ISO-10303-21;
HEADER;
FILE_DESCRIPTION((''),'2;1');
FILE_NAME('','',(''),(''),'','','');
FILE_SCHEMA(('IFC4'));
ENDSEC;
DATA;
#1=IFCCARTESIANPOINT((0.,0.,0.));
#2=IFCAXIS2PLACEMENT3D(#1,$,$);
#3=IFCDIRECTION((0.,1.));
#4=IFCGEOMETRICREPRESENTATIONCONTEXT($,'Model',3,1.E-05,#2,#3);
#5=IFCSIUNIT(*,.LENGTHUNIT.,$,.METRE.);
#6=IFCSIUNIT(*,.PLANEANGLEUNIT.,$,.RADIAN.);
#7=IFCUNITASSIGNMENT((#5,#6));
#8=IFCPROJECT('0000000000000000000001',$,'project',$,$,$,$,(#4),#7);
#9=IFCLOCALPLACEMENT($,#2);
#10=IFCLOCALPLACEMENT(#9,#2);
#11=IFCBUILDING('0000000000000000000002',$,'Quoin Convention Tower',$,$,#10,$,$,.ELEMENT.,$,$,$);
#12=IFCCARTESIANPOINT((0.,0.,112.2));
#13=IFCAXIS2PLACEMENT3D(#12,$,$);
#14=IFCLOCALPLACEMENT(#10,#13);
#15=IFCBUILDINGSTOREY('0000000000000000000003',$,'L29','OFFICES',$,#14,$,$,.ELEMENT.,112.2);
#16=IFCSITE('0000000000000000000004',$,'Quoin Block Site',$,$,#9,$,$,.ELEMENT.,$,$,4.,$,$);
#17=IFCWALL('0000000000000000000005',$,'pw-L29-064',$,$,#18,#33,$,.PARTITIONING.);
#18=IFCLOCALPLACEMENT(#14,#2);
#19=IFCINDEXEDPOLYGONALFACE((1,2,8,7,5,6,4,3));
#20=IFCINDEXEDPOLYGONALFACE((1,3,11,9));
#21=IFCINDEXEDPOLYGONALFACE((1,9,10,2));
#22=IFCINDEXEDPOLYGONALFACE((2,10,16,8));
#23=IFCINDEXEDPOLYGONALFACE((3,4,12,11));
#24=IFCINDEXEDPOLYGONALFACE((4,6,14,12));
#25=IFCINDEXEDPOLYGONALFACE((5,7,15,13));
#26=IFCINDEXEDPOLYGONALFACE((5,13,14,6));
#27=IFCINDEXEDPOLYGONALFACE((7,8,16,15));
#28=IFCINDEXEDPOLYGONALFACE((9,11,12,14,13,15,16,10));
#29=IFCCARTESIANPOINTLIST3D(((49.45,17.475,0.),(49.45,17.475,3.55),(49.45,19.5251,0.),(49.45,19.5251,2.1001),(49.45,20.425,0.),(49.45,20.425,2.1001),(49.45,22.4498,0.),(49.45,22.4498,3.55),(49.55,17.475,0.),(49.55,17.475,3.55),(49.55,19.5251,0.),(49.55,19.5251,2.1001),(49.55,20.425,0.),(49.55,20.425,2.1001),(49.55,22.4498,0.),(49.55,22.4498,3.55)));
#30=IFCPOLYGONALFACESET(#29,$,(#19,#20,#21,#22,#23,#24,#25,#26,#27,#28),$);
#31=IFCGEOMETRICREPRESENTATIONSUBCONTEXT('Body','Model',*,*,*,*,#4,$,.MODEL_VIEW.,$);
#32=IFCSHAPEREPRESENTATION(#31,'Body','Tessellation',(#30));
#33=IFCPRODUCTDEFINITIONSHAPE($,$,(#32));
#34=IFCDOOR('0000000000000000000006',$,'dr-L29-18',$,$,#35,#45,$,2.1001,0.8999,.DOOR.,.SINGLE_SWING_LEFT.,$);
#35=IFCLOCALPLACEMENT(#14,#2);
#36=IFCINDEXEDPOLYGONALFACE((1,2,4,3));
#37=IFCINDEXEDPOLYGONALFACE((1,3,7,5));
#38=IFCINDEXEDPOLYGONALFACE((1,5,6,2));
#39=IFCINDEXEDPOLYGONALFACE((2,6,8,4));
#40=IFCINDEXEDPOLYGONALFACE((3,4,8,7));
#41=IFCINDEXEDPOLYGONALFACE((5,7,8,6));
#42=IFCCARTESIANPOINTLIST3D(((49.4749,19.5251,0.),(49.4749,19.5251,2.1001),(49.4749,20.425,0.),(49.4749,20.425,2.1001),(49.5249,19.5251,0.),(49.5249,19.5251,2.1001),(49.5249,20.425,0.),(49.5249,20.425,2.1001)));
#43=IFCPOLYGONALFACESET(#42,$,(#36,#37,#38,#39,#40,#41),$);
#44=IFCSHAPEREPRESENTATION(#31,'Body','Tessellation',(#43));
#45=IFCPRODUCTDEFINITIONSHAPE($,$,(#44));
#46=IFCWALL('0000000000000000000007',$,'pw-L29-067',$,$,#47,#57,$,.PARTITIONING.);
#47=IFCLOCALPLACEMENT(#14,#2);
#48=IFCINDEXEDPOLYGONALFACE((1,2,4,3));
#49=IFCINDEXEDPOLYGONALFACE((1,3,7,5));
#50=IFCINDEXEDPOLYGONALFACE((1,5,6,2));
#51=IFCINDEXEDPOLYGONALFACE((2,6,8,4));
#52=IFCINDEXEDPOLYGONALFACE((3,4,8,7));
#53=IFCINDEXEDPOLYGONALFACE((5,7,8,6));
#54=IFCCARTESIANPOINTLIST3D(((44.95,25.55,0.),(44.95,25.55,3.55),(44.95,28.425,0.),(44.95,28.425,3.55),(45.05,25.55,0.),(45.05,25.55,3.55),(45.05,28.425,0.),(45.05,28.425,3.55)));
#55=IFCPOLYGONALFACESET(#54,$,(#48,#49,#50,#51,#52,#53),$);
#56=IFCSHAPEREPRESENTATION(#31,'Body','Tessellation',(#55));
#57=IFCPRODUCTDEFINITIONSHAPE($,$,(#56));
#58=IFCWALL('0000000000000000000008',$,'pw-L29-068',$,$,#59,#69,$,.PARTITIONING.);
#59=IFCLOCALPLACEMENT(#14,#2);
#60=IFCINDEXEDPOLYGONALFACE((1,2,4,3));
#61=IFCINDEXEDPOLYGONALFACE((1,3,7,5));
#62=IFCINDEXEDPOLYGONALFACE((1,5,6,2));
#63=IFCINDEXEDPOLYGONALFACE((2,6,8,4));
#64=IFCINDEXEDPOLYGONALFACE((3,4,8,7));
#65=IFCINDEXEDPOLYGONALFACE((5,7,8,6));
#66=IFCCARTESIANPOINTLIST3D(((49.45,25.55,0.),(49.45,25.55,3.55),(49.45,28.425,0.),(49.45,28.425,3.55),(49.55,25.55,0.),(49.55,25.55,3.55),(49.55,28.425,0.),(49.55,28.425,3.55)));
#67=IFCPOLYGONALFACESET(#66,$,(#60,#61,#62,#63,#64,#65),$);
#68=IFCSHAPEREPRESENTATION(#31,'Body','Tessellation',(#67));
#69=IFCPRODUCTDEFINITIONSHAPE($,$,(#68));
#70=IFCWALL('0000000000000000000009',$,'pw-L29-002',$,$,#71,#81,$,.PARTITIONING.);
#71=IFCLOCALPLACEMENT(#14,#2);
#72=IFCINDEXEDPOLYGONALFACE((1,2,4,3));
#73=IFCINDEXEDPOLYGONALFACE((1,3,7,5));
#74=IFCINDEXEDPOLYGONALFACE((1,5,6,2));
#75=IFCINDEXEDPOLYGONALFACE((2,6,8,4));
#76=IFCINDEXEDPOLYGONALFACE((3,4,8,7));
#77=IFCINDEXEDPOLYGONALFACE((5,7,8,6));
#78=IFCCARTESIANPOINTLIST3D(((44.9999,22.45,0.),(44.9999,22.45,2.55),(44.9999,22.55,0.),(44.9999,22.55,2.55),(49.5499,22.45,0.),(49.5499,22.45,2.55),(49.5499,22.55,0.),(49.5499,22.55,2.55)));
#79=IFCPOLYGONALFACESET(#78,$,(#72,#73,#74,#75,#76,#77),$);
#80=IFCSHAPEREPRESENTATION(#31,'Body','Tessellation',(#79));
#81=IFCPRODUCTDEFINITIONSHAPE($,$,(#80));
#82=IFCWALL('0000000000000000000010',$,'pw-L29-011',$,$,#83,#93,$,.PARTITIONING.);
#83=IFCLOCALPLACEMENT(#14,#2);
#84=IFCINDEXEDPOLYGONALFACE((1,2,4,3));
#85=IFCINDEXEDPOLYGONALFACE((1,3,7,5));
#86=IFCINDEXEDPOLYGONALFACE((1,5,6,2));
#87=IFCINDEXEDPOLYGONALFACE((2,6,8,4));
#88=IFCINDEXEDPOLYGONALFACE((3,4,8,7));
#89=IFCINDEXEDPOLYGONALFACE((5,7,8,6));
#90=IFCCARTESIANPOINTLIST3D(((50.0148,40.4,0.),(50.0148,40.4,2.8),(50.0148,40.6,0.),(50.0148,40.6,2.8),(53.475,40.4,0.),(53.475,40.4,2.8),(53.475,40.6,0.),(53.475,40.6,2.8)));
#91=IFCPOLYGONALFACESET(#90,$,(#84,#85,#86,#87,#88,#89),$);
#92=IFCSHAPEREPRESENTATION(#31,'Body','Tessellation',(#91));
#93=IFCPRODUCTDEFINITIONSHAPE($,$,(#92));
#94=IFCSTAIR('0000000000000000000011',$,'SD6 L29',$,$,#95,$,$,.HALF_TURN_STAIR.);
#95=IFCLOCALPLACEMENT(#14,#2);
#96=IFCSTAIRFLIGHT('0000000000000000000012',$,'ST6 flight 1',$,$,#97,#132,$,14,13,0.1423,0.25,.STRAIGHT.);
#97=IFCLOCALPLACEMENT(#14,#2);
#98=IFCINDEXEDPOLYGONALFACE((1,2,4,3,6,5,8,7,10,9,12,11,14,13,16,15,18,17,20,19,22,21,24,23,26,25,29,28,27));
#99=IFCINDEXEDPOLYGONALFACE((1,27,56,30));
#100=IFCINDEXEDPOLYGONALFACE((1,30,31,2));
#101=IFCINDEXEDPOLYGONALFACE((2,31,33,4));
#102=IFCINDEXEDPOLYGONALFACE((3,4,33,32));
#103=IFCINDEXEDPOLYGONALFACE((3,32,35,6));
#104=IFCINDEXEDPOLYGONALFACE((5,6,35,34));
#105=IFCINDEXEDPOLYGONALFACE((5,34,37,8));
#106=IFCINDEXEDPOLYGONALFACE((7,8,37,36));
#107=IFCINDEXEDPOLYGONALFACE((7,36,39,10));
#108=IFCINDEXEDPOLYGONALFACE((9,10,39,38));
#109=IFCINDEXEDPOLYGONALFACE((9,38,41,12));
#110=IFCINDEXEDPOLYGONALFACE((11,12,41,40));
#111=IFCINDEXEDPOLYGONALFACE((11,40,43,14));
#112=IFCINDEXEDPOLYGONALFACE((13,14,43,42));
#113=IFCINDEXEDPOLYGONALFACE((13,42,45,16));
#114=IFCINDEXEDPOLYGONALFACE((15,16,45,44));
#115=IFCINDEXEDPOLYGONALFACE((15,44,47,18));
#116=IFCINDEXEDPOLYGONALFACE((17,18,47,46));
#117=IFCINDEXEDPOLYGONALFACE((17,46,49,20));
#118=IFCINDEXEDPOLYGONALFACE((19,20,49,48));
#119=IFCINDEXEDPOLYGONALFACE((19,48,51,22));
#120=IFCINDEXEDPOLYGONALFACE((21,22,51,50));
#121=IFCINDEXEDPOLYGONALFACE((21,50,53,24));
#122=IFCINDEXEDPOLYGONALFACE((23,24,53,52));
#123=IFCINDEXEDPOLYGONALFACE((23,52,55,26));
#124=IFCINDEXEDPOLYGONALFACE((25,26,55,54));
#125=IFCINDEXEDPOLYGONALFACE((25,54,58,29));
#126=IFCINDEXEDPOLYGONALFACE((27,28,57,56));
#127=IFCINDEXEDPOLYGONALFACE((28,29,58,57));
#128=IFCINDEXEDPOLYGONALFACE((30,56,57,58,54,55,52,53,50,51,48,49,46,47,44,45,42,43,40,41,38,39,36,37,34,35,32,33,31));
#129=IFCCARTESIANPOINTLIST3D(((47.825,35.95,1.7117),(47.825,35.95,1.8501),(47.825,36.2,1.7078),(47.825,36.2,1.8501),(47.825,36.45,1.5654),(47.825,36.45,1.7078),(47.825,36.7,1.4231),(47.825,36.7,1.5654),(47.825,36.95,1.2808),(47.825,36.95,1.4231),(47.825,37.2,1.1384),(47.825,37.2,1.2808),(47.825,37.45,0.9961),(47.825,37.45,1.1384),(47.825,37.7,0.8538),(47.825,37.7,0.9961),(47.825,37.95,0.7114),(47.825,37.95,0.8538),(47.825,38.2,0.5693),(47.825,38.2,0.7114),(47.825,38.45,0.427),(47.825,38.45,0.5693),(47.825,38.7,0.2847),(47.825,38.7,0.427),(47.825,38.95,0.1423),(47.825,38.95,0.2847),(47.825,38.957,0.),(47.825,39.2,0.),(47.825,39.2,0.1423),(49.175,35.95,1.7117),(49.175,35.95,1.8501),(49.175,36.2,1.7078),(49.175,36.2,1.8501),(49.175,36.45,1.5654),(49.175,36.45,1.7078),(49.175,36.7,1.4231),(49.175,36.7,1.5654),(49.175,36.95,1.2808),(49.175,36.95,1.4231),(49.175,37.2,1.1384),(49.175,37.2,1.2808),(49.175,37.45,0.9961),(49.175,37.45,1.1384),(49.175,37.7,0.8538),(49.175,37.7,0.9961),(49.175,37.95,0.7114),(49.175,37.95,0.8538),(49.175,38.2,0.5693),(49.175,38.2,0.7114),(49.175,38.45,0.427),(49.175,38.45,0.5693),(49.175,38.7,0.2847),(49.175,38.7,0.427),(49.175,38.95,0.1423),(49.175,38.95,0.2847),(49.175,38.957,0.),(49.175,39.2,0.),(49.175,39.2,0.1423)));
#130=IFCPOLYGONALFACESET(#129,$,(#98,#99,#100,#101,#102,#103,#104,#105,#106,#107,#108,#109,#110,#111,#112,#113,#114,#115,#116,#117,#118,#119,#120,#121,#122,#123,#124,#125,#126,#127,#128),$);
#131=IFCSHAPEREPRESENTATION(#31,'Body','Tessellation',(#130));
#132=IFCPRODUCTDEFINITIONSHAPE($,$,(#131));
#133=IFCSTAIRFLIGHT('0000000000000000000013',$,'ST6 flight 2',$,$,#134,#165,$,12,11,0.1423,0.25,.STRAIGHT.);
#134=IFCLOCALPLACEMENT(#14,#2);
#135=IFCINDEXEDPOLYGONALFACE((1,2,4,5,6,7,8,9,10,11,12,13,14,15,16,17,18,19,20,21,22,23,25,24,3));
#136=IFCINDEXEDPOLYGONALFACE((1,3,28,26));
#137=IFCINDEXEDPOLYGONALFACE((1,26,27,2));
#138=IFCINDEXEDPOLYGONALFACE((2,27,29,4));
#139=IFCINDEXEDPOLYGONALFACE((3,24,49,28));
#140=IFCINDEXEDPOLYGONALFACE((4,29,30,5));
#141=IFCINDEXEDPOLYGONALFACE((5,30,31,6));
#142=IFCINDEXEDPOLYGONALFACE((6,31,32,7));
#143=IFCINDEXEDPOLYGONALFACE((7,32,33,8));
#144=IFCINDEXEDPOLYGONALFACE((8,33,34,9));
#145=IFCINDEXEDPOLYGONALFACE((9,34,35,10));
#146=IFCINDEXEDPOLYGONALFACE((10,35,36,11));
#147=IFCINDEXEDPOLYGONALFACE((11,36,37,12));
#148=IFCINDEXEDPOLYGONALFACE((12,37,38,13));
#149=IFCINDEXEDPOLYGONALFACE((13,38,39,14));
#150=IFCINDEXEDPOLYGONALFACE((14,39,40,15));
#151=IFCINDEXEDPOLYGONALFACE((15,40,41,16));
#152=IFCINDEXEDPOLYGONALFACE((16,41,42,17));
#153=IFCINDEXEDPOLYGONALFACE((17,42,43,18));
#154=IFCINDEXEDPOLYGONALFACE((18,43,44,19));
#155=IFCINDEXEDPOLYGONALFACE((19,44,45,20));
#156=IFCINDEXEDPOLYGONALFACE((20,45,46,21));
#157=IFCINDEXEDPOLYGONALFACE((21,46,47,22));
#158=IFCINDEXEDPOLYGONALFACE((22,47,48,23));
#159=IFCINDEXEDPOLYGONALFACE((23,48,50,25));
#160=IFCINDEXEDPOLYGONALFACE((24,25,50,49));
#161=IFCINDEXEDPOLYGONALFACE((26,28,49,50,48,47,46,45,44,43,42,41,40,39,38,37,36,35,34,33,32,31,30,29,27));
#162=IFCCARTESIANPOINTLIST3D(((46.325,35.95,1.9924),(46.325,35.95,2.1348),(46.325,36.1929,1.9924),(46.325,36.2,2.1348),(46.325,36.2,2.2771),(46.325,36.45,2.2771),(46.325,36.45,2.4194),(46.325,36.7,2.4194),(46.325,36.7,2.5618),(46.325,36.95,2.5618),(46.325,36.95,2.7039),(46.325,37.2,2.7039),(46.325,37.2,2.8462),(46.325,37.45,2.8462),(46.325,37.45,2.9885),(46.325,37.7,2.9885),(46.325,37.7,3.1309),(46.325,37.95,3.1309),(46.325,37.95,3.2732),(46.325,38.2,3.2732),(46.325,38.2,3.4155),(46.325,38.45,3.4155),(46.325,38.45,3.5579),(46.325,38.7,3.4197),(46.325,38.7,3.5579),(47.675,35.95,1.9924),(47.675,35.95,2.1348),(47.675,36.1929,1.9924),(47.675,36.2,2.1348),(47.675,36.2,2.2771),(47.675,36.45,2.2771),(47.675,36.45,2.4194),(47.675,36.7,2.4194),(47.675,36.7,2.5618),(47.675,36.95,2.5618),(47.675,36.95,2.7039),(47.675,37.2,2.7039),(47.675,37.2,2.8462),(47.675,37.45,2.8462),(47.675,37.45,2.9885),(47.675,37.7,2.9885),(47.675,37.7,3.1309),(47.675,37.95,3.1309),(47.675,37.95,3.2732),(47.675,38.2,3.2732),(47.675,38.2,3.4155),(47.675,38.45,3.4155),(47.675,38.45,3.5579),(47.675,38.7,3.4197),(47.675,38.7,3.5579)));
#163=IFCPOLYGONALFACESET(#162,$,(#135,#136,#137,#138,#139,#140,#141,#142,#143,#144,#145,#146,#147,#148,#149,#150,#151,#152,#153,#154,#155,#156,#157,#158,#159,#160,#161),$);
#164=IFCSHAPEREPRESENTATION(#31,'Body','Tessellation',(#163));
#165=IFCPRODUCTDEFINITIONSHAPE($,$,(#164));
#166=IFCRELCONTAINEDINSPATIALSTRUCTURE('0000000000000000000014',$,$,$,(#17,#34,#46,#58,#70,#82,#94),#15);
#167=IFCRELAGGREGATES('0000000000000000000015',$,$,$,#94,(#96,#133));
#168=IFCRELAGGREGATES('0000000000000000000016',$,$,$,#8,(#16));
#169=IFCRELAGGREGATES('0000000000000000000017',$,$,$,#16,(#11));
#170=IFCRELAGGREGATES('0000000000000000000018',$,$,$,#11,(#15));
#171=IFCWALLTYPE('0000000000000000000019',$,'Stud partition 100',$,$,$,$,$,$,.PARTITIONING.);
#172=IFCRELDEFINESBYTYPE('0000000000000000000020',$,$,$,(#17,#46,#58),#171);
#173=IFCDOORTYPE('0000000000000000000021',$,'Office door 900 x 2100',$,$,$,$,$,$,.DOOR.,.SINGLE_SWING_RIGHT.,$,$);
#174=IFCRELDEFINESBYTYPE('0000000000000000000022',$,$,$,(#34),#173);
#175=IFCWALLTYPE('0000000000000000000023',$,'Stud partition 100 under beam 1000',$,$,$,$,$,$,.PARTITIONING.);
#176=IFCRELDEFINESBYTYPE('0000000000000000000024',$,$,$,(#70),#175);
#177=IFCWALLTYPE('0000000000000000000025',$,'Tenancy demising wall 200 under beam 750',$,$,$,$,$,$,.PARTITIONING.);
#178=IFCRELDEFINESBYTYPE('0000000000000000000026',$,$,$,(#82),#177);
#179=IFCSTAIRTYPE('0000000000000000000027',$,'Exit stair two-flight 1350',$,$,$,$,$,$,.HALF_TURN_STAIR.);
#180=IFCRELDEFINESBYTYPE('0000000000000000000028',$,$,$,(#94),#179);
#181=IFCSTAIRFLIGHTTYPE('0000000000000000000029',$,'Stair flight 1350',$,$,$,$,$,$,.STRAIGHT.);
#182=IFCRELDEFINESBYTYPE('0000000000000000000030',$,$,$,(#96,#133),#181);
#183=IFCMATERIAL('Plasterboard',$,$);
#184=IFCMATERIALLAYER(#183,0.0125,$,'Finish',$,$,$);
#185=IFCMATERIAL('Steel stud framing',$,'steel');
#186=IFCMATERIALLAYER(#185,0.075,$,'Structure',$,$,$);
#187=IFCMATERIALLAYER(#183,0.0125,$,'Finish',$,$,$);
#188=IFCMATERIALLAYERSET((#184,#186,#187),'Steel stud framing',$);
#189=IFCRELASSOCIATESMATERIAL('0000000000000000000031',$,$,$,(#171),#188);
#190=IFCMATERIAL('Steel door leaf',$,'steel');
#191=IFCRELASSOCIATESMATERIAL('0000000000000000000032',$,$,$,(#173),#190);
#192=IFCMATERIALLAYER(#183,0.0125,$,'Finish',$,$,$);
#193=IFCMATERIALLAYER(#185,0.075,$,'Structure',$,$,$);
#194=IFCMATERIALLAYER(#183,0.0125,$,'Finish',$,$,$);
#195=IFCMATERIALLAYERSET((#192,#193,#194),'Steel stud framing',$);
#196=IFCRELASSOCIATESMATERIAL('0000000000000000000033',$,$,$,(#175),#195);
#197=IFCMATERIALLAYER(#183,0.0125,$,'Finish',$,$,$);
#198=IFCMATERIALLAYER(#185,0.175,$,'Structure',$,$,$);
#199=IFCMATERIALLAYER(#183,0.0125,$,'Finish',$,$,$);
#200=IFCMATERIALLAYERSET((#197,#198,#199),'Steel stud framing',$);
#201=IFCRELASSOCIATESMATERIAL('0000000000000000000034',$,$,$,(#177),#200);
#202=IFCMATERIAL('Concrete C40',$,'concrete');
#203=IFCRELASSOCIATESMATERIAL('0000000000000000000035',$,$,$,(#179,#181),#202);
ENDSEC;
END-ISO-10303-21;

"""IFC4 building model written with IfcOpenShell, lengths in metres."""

from ifc_helpers import new_model, si_unit, direction, frame, frame_2d, origin, place, context, subcontext, project, spatial, polyline, rectangle, outline, extrude, material, layer, layer_set, type_object, element, fill, aggregate, save


model = new_model("IFC4")

# Units and contexts
model_context = context("Model", 3, precision=1e-05, world=origin(), true_north=direction((0.0, 1.0)))
body_context = subcontext(model_context, "Body", "Model", "MODEL_VIEW")
ifc_project = project(units=[si_unit("LENGTHUNIT", "METRE"), si_unit("PLANEANGLEUNIT", "RADIAN")], contexts=[model_context])

# Site, building, storey
site_placement = place(None, origin())
site = spatial("IfcSite", under=ifc_project, at=site_placement, Name="Quoin Block Site", CompositionType="ELEMENT", RefElevation=4.0)
building_placement = place(site_placement, origin())
building = spatial("IfcBuilding", under=site, at=building_placement, Name="Quoin Convention Tower", CompositionType="ELEMENT")
storey_placement = place(building_placement, frame((0.0, 0.0, 112.2)))
storey = spatial("IfcBuildingStorey", under=building, at=storey_placement, Name="L29", Description="OFFICES", CompositionType="ELEMENT", Elevation=112.2)

# Shared definitions
ifc_material_1 = material(Name="Plasterboard")
ifc_material_2 = material(Name="Steel stud framing", Category="steel")
ifc_material_3 = material(Name="Steel door leaf", Category="steel")

# Wall, opening, door
ifc_layer_1 = layer(ifc_material_1, 0.0125, Name="Finish")
ifc_layer_2 = layer(ifc_material_2, 0.075, Name="Structure")
ifc_layer_3 = layer(ifc_material_1, 0.0125, Name="Finish")
ifc_layer_set_1 = layer_set([ifc_layer_1, ifc_layer_2, ifc_layer_3], Name="Steel stud framing")
wall_type_1 = type_object("IfcWallType", Name="Stud partition 100", PredefinedType="PARTITIONING", material=ifc_layer_set_1)
wall_1_placement = place(storey_placement, frame((49.5, 17.4751, 0.0), z_axis=(0.0, 0.0, 1.0), x_axis=(0.0, 1.0, 0.0)))
wall_1 = element("IfcWall", 1, at=wall_1_placement, inside=storey, type_object=wall_type_1, Name="pw-L29-064", PredefinedType="PARTITIONING", context=body_context, shape_type="SweptSolid", body=[
    extrude(rectangle(XDim=4.9749, YDim=0.1001, at=frame_2d((2.4873, 0.0))), origin(), (0.0, 0.0, 1.0), 3.55),
])
opening_1_placement = place(wall_1_placement, frame((2.05, 0.0, 0.0)))
opening_1 = element("IfcOpeningElement", 2, at=opening_1_placement, cuts=wall_1, PredefinedType="OPENING", context=body_context, shape_type="SweptSolid", body=[
    extrude(rectangle(XDim=0.8999, YDim=2.1001, at=frame_2d((0.45, 1.05))), frame((0.0, 0.0601, 0.0), z_axis=(0.0, -1.0, 0.0), x_axis=(1.0, 0.0, 0.0)), (0.0, 0.0, 1.0), 0.1201),
])
door_type_1 = type_object("IfcDoorType", Name="Office door 900 x 2100", OperationType="SINGLE_SWING_RIGHT", PredefinedType="DOOR", material=ifc_material_3)
door_1_placement = place(opening_1_placement, frame((0.8999, 0.0, 0.0), z_axis=(0.0, 0.0, 1.0), x_axis=(-1.0, 0.0, 0.0)))
door_1 = element("IfcDoor", 3, at=door_1_placement, inside=storey, type_object=door_type_1, Name="dr-L29-18", OperationType="SINGLE_SWING_LEFT", OverallHeight=2.1001, OverallWidth=0.8999, PredefinedType="DOOR", context=body_context, shape_type="SweptSolid", body=[
    extrude(rectangle(XDim=0.8999, YDim=2.1001, at=frame_2d((0.45, 1.05))), frame((0.0, 0.0249, 0.0), z_axis=(0.0, -1.0, 0.0), x_axis=(1.0, 0.0, 0.0)), (0.0, 0.0, 1.0), 0.05),
])
fill(opening_1, door_1)

# Walls
for number, where, z_axis, x_axis, name in (
    (4, (45.0, 25.55, 0.0), (0.0, 0.0, 1.0), (0.0, 1.0, 0.0), "pw-L29-067"),
    (5, (49.5, 25.55, 0.0), (0.0, 0.0, 1.0), (0.0, 1.0, 0.0), "pw-L29-068"),
):
    element("IfcWall", number, at=place(storey_placement, frame(where, z_axis=z_axis, x_axis=x_axis)), inside=storey, type_object=wall_type_1, Name=name, PredefinedType="PARTITIONING", context=body_context, shape_type="SweptSolid", body=[
        extrude(rectangle(XDim=2.875, YDim=0.1001, at=frame_2d((1.4375, 0.0))), origin(), (0.0, 0.0, 1.0), 3.55),
    ])
ifc_layer_4 = layer(ifc_material_1, 0.0125, Name="Finish")
ifc_layer_5 = layer(ifc_material_2, 0.075, Name="Structure")
ifc_layer_6 = layer(ifc_material_1, 0.0125, Name="Finish")
ifc_layer_set_2 = layer_set([ifc_layer_4, ifc_layer_5, ifc_layer_6], Name="Steel stud framing")
wall_type_2 = type_object("IfcWallType", Name="Stud partition 100 under beam 1000", PredefinedType="PARTITIONING", material=ifc_layer_set_2)
wall_2_placement = place(storey_placement, frame((45.0, 22.5, 0.0), z_axis=(0.0, 0.0, 1.0), x_axis=(1.0, 0.0, 0.0)))
element("IfcWall", 6, at=wall_2_placement, inside=storey, type_object=wall_type_2, Name="pw-L29-002", PredefinedType="PARTITIONING", context=body_context, shape_type="SweptSolid", body=[
    extrude(rectangle(XDim=4.55, YDim=0.1001, at=frame_2d((2.2749, 0.0))), origin(), (0.0, 0.0, 1.0), 2.55),
])
ifc_layer_7 = layer(ifc_material_1, 0.0125, Name="Finish")
ifc_layer_8 = layer(ifc_material_2, 0.175, Name="Structure")
ifc_layer_9 = layer(ifc_material_1, 0.0125, Name="Finish")
ifc_layer_set_3 = layer_set([ifc_layer_7, ifc_layer_8, ifc_layer_9], Name="Steel stud framing")
wall_type_3 = type_object("IfcWallType", Name="Tenancy demising wall 200 under beam 750", PredefinedType="PARTITIONING", material=ifc_layer_set_3)
wall_3_placement = place(storey_placement, frame((50.0149, 40.5, 0.0), z_axis=(0.0, 0.0, 1.0), x_axis=(1.0, 0.0, 0.0)))
element("IfcWall", 7, at=wall_3_placement, inside=storey, type_object=wall_type_3, Name="pw-L29-011", PredefinedType="PARTITIONING", context=body_context, shape_type="SweptSolid", body=[
    extrude(rectangle(XDim=3.4602, YDim=0.2, at=frame_2d((1.73, 0.0))), origin(), (0.0, 0.0, 1.0), 2.8),
])

# Stair, stair flights
ifc_material_4 = material(Name="Concrete C40", Category="concrete")
stair_type = type_object("IfcStairType", Name="Exit stair two-flight 1350", PredefinedType="HALF_TURN_STAIR", material=ifc_material_4)
stair_placement = place(storey_placement, origin())
stair = element("IfcStair", 8, at=stair_placement, inside=storey, type_object=stair_type, Name="SD6 L29", PredefinedType="HALF_TURN_STAIR")
stair_flight_type = type_object("IfcStairFlightType", Name="Stair flight 1350", PredefinedType="STRAIGHT", material=ifc_material_4)
stair_flight_1_placement = place(storey_placement, frame((48.5, 39.2, 0.0), z_axis=(0.0, 0.0, 1.0), x_axis=(0.0, -1.0, 0.0)))
stair_flight_1 = element("IfcStairFlight", 9, at=stair_flight_1_placement, type_object=stair_flight_type, Name="ST6 flight 1", NumberOfRisers=14, NumberOfTreads=13, PredefinedType="STRAIGHT", RiserHeight=0.1423, TreadLength=0.25, context=body_context, shape_type="SweptSolid", body=[
    extrude(outline(polyline([(0.0, 0.0), (0.0, 0.1423), (0.25, 0.1423), (0.25, 0.2847), (0.5, 0.2847), (0.5, 0.427), (0.75, 0.427), (0.75, 0.5693), (1.0, 0.5693), (1.0, 0.7114), (1.25, 0.7114), (1.25, 0.8538), (1.5, 0.8538), (1.5, 0.9961), (1.75, 0.9961), (1.75, 1.1384), (2.0, 1.1384), (2.0, 1.2808), (2.25, 1.2808), (2.25, 1.4231), (2.5, 1.4231), (2.5, 1.5654), (2.75, 1.5654), (2.75, 1.7078), (3.0, 1.7078), (3.0, 1.8501), (3.25, 1.8501), (3.25, 1.9922), (3.25, 1.7117), (0.2429, 0.0), (0.0, 0.0)])), frame((0.0, 0.675, 0.0), z_axis=(0.0, -1.0, 0.0), x_axis=(1.0, 0.0, 0.0)), (0.0, 0.0, 1.0), 1.3501),
])
stair_flight_2_placement = place(storey_placement, frame((47.0, 35.95, 1.9924), z_axis=(0.0, 0.0, 1.0), x_axis=(0.0, 1.0, 0.0)))
stair_flight_2 = element("IfcStairFlight", 10, at=stair_flight_2_placement, type_object=stair_flight_type, Name="ST6 flight 2", NumberOfRisers=12, NumberOfTreads=11, PredefinedType="STRAIGHT", RiserHeight=0.1423, TreadLength=0.25, context=body_context, shape_type="SweptSolid", body=[
    extrude(outline(polyline([(0.0, 0.0), (0.0, 0.1423), (0.25, 0.1423), (0.25, 0.2847), (0.5, 0.2847), (0.5, 0.427), (0.75, 0.427), (0.75, 0.5693), (1.0, 0.5693), (1.0, 0.7114), (1.25, 0.7114), (1.25, 0.8538), (1.5, 0.8538), (1.5, 0.9961), (1.75, 0.9961), (1.75, 1.1384), (2.0, 1.1384), (2.0, 1.2808), (2.25, 1.2808), (2.25, 1.4231), (2.5, 1.4231), (2.5, 1.5654), (2.75, 1.5654), (2.75, 1.7078), (2.75, 1.4272), (0.2429, 0.0), (0.0, 0.0)])), frame((0.0, 0.675, 0.0), z_axis=(0.0, -1.0, 0.0), x_axis=(1.0, 0.0, 0.0)), (0.0, 0.0, 1.0), 1.3501),
])
aggregate(stair, [stair_flight_1, stair_flight_2])

save(model, "model.ifc")
